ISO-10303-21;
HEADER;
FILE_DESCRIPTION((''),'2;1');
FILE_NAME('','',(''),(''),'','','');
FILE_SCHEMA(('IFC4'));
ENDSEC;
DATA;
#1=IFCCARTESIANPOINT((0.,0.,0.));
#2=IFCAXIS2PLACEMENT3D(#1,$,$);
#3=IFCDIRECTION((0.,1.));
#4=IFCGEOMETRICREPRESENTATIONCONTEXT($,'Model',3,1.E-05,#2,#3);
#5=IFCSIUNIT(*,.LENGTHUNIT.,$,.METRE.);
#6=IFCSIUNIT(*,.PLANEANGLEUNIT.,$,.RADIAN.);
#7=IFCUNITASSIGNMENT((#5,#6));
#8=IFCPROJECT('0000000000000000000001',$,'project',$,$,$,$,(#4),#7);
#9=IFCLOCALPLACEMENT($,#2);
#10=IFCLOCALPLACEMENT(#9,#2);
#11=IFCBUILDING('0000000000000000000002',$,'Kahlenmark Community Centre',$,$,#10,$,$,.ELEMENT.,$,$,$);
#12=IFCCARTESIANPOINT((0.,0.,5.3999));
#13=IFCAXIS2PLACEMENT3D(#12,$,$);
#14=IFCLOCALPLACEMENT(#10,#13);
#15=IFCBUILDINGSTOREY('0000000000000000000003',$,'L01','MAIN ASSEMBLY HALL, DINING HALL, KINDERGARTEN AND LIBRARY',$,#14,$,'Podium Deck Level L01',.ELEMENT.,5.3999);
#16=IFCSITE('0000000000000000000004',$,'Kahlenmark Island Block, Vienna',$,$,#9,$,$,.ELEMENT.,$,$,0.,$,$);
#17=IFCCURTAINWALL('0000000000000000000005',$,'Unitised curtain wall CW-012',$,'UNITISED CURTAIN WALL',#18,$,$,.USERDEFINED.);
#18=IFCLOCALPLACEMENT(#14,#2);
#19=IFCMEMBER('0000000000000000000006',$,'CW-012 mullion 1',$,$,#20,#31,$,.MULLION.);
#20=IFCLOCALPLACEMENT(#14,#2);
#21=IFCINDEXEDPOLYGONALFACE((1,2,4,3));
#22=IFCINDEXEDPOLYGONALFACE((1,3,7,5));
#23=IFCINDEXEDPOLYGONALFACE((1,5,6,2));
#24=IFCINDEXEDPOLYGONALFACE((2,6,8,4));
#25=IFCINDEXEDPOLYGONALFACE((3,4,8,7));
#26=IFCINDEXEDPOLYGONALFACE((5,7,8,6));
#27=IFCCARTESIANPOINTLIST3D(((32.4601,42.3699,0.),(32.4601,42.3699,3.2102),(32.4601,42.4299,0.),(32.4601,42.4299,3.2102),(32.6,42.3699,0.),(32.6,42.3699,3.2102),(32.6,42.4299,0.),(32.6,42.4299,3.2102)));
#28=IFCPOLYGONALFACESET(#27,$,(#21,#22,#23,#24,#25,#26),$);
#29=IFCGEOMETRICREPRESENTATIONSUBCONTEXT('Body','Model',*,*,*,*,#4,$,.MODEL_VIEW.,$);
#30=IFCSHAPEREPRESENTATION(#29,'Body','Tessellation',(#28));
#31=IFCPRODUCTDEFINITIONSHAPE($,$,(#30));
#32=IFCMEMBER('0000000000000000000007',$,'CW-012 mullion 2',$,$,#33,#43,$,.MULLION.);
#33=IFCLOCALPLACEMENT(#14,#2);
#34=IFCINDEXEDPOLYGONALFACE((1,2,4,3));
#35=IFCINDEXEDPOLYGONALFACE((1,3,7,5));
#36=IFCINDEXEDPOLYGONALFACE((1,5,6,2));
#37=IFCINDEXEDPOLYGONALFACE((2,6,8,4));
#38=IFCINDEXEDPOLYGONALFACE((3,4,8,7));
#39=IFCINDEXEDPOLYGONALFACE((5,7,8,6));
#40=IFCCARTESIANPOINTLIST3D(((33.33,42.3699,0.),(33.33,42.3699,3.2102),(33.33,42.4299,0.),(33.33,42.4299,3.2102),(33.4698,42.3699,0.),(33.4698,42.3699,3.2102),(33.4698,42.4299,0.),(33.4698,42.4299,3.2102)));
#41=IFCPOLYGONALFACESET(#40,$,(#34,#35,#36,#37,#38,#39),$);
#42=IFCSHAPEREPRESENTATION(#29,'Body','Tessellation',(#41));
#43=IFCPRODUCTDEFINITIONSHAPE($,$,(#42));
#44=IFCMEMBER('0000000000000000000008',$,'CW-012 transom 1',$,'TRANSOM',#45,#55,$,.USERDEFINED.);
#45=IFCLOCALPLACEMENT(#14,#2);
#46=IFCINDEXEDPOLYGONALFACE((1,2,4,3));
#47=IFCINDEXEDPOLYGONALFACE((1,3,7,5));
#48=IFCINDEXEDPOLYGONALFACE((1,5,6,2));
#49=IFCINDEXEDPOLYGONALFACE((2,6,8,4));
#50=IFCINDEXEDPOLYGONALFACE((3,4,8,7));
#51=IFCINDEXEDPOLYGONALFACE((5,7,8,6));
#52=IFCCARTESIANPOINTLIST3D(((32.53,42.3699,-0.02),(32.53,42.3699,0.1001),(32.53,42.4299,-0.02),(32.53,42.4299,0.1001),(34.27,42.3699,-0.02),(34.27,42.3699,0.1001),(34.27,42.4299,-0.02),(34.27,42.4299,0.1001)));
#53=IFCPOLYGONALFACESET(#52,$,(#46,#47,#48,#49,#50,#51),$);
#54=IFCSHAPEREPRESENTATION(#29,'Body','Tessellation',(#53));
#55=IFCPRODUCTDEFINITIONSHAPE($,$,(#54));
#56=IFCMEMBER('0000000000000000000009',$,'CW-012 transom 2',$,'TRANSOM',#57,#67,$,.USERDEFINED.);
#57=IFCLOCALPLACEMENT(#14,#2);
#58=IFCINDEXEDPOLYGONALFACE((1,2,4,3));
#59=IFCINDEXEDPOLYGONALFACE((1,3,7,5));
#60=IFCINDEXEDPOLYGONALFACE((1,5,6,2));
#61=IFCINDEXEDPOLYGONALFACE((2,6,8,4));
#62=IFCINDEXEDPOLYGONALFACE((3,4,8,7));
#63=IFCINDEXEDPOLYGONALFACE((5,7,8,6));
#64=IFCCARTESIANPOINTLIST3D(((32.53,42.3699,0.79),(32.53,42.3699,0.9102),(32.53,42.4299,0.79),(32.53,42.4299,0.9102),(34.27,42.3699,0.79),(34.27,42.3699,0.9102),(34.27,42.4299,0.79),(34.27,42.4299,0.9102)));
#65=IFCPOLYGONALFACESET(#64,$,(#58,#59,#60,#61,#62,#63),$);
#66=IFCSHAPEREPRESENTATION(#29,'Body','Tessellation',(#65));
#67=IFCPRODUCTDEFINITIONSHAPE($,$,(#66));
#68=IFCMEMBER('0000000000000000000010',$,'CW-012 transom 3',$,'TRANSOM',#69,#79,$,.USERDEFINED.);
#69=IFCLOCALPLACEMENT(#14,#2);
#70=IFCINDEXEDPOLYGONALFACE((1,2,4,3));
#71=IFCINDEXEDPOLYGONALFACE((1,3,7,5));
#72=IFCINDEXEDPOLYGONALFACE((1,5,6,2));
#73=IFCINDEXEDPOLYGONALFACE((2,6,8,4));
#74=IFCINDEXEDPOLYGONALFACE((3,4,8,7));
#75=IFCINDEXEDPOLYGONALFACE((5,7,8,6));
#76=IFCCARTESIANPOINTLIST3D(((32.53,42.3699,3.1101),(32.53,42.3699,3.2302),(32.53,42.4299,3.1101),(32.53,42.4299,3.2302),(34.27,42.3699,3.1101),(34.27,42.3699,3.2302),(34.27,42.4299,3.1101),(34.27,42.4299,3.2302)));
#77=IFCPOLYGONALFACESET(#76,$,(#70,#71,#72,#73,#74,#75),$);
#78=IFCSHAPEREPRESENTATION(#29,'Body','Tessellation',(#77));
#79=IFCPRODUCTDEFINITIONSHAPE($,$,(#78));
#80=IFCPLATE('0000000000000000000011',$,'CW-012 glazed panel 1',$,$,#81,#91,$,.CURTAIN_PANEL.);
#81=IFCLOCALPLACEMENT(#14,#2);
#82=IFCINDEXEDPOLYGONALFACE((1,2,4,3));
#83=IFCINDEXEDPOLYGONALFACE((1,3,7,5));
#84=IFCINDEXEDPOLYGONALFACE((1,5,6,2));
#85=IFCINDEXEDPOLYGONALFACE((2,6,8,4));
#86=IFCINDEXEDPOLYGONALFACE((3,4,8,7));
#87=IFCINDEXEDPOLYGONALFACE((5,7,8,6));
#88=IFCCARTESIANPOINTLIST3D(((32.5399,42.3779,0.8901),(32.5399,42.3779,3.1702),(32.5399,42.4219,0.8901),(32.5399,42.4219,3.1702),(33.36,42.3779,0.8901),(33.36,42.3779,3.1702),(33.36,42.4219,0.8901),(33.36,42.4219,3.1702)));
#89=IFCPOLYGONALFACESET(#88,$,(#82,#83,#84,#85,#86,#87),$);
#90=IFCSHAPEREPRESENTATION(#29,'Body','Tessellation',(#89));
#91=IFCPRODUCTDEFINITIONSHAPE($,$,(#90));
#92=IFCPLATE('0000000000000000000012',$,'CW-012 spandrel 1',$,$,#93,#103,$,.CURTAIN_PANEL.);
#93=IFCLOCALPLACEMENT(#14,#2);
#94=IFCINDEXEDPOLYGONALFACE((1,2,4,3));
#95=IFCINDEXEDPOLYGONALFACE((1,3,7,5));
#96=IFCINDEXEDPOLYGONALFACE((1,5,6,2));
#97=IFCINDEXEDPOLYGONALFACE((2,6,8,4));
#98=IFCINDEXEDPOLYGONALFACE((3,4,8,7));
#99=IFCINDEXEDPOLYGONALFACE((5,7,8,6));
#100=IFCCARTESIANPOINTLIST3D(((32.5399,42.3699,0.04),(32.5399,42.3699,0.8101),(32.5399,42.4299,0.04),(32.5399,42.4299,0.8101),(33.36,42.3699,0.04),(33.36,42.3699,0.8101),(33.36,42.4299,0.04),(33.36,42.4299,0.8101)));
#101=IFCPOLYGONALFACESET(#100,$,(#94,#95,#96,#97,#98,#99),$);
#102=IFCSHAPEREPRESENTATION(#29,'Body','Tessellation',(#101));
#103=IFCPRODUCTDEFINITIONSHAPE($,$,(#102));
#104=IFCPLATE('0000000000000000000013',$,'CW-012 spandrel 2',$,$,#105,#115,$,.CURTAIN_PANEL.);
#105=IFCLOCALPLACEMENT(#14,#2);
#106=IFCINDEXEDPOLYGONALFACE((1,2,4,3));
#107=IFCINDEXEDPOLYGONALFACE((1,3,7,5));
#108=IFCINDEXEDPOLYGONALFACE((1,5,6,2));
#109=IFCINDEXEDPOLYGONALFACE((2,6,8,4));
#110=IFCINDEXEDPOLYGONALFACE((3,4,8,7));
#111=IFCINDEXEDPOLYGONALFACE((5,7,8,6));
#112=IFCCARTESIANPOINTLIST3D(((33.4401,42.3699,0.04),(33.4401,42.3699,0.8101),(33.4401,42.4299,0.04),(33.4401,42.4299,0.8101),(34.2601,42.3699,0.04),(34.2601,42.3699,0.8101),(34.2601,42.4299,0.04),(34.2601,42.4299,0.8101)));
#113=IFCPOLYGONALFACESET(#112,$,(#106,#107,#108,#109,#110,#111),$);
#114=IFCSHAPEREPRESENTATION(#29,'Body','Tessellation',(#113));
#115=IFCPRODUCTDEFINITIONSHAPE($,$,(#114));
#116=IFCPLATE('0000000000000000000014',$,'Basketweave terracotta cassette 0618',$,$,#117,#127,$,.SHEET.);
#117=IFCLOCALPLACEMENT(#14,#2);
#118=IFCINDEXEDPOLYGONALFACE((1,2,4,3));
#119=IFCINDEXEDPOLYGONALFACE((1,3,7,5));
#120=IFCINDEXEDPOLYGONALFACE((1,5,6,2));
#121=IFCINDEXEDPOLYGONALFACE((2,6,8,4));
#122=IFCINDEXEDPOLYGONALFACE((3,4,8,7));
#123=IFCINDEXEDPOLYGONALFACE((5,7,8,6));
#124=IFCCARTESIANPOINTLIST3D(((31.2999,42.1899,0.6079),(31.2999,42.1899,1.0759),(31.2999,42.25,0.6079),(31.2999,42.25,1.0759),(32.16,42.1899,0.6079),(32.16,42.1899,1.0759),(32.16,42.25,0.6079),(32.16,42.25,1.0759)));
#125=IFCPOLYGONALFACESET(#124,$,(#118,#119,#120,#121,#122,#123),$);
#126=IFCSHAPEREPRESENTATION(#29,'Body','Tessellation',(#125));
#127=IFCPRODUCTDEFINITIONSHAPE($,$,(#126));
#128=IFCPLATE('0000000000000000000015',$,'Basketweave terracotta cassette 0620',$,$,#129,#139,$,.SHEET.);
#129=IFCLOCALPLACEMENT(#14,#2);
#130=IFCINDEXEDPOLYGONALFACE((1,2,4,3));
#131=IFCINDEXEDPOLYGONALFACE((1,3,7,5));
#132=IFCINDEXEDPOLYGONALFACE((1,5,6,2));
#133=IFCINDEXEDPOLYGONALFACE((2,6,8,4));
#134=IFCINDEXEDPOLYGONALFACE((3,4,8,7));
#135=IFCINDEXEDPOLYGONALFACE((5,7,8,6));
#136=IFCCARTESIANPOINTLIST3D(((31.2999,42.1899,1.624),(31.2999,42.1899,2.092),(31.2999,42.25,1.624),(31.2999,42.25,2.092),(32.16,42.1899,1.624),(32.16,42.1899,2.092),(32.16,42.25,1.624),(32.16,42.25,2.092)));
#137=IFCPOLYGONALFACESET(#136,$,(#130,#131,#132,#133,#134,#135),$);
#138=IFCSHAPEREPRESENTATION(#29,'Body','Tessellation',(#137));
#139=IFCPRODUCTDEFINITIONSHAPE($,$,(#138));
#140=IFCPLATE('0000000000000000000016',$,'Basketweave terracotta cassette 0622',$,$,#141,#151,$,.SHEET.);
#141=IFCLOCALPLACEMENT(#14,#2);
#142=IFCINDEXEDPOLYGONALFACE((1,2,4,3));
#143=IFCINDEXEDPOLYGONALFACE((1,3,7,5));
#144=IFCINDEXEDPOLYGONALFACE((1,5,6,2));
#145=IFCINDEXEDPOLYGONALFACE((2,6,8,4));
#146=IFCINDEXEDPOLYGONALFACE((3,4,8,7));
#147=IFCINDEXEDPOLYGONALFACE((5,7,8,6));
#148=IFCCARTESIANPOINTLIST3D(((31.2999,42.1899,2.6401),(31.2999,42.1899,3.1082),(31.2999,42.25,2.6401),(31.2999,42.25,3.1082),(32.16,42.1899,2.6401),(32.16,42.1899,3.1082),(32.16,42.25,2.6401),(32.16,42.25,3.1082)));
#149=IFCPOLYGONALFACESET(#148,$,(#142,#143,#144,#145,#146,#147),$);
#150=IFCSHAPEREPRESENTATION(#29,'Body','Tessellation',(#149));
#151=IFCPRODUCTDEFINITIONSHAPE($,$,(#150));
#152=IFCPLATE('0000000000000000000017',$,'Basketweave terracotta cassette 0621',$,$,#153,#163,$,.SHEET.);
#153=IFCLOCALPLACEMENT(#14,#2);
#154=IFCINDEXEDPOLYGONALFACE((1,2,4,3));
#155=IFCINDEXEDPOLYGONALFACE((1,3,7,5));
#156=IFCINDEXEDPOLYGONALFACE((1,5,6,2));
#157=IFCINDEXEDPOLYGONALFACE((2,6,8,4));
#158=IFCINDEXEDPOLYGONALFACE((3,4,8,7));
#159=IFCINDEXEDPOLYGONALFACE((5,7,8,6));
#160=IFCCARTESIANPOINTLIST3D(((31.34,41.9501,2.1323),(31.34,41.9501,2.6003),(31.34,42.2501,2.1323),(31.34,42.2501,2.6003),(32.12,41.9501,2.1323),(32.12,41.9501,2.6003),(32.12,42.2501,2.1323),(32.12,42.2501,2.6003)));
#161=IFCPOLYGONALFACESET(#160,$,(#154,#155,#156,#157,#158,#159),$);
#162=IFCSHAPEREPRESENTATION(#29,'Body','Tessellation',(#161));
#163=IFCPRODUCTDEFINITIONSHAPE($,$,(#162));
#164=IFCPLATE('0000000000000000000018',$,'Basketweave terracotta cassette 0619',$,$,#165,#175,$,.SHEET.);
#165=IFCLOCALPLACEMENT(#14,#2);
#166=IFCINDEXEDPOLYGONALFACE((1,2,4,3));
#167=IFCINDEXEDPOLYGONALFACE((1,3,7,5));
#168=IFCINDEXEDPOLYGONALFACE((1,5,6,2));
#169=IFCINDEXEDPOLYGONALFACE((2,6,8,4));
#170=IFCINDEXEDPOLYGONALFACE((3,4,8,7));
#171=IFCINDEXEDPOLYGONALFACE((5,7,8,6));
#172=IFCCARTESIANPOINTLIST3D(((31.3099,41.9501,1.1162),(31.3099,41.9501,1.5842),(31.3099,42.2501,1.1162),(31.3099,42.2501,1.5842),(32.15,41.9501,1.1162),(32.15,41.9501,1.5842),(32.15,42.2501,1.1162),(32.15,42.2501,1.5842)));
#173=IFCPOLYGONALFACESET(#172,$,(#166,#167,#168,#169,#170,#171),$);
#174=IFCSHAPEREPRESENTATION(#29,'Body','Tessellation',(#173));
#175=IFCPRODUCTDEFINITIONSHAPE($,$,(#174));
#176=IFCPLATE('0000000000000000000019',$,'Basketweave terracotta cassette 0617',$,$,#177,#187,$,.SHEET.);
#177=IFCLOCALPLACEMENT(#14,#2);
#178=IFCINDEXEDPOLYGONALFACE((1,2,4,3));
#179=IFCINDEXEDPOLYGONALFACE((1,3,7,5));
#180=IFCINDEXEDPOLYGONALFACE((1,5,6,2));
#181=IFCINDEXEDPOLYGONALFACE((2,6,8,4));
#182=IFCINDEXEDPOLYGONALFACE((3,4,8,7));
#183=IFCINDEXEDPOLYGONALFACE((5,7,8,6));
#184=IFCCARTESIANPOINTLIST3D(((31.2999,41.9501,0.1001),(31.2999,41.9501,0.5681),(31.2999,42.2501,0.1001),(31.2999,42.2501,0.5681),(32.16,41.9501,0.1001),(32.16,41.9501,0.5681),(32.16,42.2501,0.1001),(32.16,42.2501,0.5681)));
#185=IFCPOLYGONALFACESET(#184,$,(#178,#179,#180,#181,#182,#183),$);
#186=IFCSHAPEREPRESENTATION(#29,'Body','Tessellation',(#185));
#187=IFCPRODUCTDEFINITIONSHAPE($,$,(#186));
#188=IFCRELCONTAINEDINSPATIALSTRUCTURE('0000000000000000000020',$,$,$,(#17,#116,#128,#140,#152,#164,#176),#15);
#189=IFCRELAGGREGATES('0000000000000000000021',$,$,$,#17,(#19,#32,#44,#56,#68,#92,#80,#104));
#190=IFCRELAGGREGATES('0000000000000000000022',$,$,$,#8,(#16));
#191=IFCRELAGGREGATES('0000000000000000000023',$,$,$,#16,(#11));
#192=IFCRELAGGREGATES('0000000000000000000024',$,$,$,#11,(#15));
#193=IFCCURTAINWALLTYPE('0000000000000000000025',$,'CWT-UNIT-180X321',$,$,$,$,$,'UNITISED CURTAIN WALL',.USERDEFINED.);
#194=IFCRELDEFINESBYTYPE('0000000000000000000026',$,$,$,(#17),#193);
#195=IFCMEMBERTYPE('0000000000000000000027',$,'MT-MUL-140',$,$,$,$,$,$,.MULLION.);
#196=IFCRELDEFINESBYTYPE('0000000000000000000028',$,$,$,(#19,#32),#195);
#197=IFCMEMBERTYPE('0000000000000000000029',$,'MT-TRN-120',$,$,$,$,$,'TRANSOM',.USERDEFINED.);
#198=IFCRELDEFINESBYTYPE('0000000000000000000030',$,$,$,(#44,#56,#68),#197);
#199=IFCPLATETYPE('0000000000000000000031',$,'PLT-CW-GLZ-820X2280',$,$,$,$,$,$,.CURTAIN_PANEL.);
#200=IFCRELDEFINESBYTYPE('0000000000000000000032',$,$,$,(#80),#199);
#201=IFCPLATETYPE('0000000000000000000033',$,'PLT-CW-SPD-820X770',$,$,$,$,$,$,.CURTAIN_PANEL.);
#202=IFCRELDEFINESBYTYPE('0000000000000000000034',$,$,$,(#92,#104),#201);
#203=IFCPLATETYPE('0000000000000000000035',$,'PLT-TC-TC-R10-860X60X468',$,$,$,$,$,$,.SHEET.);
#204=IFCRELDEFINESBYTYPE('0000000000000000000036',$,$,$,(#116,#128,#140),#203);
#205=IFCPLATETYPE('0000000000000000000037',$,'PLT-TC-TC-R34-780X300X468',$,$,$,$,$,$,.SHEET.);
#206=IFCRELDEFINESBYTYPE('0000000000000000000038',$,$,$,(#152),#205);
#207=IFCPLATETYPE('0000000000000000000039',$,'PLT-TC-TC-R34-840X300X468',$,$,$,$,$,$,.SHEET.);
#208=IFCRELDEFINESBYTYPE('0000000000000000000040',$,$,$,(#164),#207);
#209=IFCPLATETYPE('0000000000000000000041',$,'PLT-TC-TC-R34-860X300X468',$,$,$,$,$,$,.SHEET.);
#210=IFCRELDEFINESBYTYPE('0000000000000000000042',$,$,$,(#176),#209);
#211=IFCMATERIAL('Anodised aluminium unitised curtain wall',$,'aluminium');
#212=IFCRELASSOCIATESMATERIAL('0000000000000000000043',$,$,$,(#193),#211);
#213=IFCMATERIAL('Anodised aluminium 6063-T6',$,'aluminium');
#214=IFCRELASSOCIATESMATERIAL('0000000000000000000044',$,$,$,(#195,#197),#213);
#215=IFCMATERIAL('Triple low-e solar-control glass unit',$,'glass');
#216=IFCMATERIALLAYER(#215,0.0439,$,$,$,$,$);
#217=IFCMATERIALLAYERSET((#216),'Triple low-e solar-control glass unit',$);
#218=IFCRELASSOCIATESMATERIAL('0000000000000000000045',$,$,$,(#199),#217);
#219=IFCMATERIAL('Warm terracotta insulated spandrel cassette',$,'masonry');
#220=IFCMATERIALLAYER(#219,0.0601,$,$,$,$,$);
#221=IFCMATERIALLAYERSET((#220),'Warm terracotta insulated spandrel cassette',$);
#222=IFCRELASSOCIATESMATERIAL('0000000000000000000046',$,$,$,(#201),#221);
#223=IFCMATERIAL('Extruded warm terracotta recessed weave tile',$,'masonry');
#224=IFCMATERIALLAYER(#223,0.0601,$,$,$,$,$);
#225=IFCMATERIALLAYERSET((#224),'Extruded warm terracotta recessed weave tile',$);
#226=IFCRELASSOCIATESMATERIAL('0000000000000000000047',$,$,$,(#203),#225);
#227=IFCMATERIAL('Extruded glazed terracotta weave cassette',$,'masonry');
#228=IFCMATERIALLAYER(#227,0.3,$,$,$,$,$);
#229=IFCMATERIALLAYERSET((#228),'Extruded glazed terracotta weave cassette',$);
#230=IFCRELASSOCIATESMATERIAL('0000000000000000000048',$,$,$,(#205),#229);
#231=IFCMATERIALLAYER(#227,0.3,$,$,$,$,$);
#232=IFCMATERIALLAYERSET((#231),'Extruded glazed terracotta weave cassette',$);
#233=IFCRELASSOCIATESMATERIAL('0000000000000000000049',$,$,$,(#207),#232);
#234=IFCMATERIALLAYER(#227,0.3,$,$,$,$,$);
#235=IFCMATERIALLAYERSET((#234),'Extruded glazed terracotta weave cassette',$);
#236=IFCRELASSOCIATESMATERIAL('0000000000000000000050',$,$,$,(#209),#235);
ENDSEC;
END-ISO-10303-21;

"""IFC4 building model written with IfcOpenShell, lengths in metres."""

from ifc_helpers import new_model, si_unit, direction, frame, origin, origin_2d, place, context, subcontext, project, spatial, rectangle, extrude, material, layer, layer_set, material_profile, profile_set, type_object, element, aggregate, save


model = new_model("IFC4")

# Units and contexts
model_context = context("Model", 3, precision=1e-05, world=origin(), true_north=direction((0.0, 1.0)))
body_context = subcontext(model_context, "Body", "Model", "MODEL_VIEW")
ifc_project = project(units=[si_unit("LENGTHUNIT", "METRE"), si_unit("PLANEANGLEUNIT", "RADIAN")], contexts=[model_context])

# Site, building, storey
site_placement = place(None, origin())
site = spatial("IfcSite", under=ifc_project, at=site_placement, Name="Kahlenmark Island Block, Vienna", CompositionType="ELEMENT", RefElevation=0.0)
building_placement = place(site_placement, origin())
building = spatial("IfcBuilding", under=site, at=building_placement, Name="Kahlenmark Community Centre", CompositionType="ELEMENT")
storey_placement = place(building_placement, frame((0.0, 0.0, 5.3999)))
storey = spatial("IfcBuildingStorey", under=building, at=storey_placement, Name="L01", Description="MAIN ASSEMBLY HALL, DINING HALL, KINDERGARTEN AND LIBRARY", LongName="Podium Deck Level L01", CompositionType="ELEMENT", Elevation=5.3999)

# Curtain wall, members, plates
ifc_material_1 = material(Name="Anodised aluminium unitised curtain wall", Category="aluminium")
curtain_wall_type = type_object("IfcCurtainWallType", Name="CWT-UNIT-180X321", ElementType="UNITISED CURTAIN WALL", PredefinedType="USERDEFINED", material=ifc_material_1)
curtain_wall_placement = place(storey_placement, origin())
curtain_wall = element("IfcCurtainWall", 1, at=curtain_wall_placement, inside=storey, type_object=curtain_wall_type, Name="Unitised curtain wall CW-012", ObjectType="UNITISED CURTAIN WALL", PredefinedType="USERDEFINED")
ifc_material_2 = material(Name="Anodised aluminium 6063-T6", Category="aluminium")
ifc_material_profile_1 = material_profile(ifc_material_2, rectangle(XDim=0.0601, YDim=0.1399, at=origin_2d()), Name="ALU MULLION 60x140")
ifc_profile_set_1 = profile_set([ifc_material_profile_1], Name="Anodised aluminium 6063-T6")
member_type_1 = type_object("IfcMemberType", Name="MT-MUL-140", PredefinedType="MULLION", material=ifc_profile_set_1)
member_1_placement = place(storey_placement, frame((32.53, 42.3999, 0.0), z_axis=(0.0, 0.0, 1.0), x_axis=(0.0, 1.0, 0.0)))
member_1 = element("IfcMember", 2, at=member_1_placement, type_object=member_type_1, Name="CW-012 mullion 1", PredefinedType="MULLION", context=body_context, shape_type="SweptSolid", body=[
    extrude(rectangle(XDim=0.0601, YDim=0.1399, at=origin_2d()), origin(), (0.0, 0.0, 1.0), 3.2102),
])
member_2_placement = place(storey_placement, frame((33.3999, 42.3999, 0.0), z_axis=(0.0, 0.0, 1.0), x_axis=(0.0, 1.0, 0.0)))
member_2 = element("IfcMember", 3, at=member_2_placement, type_object=member_type_1, Name="CW-012 mullion 2", PredefinedType="MULLION", context=body_context, shape_type="SweptSolid", body=[
    extrude(rectangle(XDim=0.0601, YDim=0.1399, at=origin_2d()), origin(), (0.0, 0.0, 1.0), 3.2102),
])
ifc_material_profile_2 = material_profile(ifc_material_2, rectangle(XDim=0.0601, YDim=0.1201, at=origin_2d()), Name="ALU TRANSOM 60x120")
ifc_profile_set_2 = profile_set([ifc_material_profile_2], Name="Anodised aluminium 6063-T6")
member_type_2 = type_object("IfcMemberType", Name="MT-TRN-120", ElementType="TRANSOM", PredefinedType="USERDEFINED", material=ifc_profile_set_2)
member_3_placement = place(storey_placement, frame((32.53, 42.3999, 0.04), z_axis=(1.0, 0.0, 0.0), x_axis=(0.0, 1.0, 0.0)))
member_3 = element("IfcMember", 4, at=member_3_placement, type_object=member_type_2, Name="CW-012 transom 1", ObjectType="TRANSOM", PredefinedType="USERDEFINED", context=body_context, shape_type="SweptSolid", body=[
    extrude(rectangle(XDim=0.0601, YDim=0.1201, at=origin_2d()), origin(), (0.0, 0.0, 1.0), 1.74),
])
member_4_placement = place(storey_placement, frame((32.53, 42.3999, 0.8501), z_axis=(1.0, 0.0, 0.0), x_axis=(0.0, 1.0, 0.0)))
member_4 = element("IfcMember", 5, at=member_4_placement, type_object=member_type_2, Name="CW-012 transom 2", ObjectType="TRANSOM", PredefinedType="USERDEFINED", context=body_context, shape_type="SweptSolid", body=[
    extrude(rectangle(XDim=0.0601, YDim=0.1201, at=origin_2d()), origin(), (0.0, 0.0, 1.0), 1.74),
])
member_5_placement = place(storey_placement, frame((32.53, 42.3999, 3.1702), z_axis=(1.0, 0.0, 0.0), x_axis=(0.0, 1.0, 0.0)))
member_5 = element("IfcMember", 6, at=member_5_placement, type_object=member_type_2, Name="CW-012 transom 3", ObjectType="TRANSOM", PredefinedType="USERDEFINED", context=body_context, shape_type="SweptSolid", body=[
    extrude(rectangle(XDim=0.0601, YDim=0.1201, at=origin_2d()), origin(), (0.0, 0.0, 1.0), 1.74),
])
ifc_material_3 = material(Name="Triple low-e solar-control glass unit", Category="glass")
ifc_layer_1 = layer(ifc_material_3, 0.0439)
ifc_layer_set_1 = layer_set([ifc_layer_1], Name="Triple low-e solar-control glass unit")
plate_type_1 = type_object("IfcPlateType", Name="PLT-CW-GLZ-820X2280", PredefinedType="CURTAIN_PANEL", material=ifc_layer_set_1)
plate_1_placement = place(storey_placement, frame((32.95, 42.3999, 0.8901), z_axis=(0.0, 0.0, 1.0), x_axis=(1.0, 0.0, 0.0)))
plate_1 = element("IfcPlate", 7, at=plate_1_placement, type_object=plate_type_1, Name="CW-012 glazed panel 1", PredefinedType="CURTAIN_PANEL", context=body_context, shape_type="SweptSolid", body=[
    extrude(rectangle(XDim=0.8201, YDim=0.0439, at=origin_2d()), origin(), (0.0, 0.0, 1.0), 2.28),
])
ifc_material_4 = material(Name="Warm terracotta insulated spandrel cassette", Category="masonry")
ifc_layer_2 = layer(ifc_material_4, 0.0601)
ifc_layer_set_2 = layer_set([ifc_layer_2], Name="Warm terracotta insulated spandrel cassette")
plate_type_2 = type_object("IfcPlateType", Name="PLT-CW-SPD-820X770", PredefinedType="CURTAIN_PANEL", material=ifc_layer_set_2)
plate_2_placement = place(storey_placement, frame((32.95, 42.3999, 0.04), z_axis=(0.0, 0.0, 1.0), x_axis=(1.0, 0.0, 0.0)))
plate_2 = element("IfcPlate", 8, at=plate_2_placement, type_object=plate_type_2, Name="CW-012 spandrel 1", PredefinedType="CURTAIN_PANEL", context=body_context, shape_type="SweptSolid", body=[
    extrude(rectangle(XDim=0.8201, YDim=0.0601, at=origin_2d()), origin(), (0.0, 0.0, 1.0), 0.77),
])
plate_3_placement = place(storey_placement, frame((33.8501, 42.3999, 0.04), z_axis=(0.0, 0.0, 1.0), x_axis=(1.0, 0.0, 0.0)))
plate_3 = element("IfcPlate", 9, at=plate_3_placement, type_object=plate_type_2, Name="CW-012 spandrel 2", PredefinedType="CURTAIN_PANEL", context=body_context, shape_type="SweptSolid", body=[
    extrude(rectangle(XDim=0.8201, YDim=0.0601, at=origin_2d()), origin(), (0.0, 0.0, 1.0), 0.77),
])
aggregate(curtain_wall, [member_1, member_2, member_3, member_4, member_5, plate_2, plate_1, plate_3])

# Plates
ifc_material_5 = material(Name="Extruded warm terracotta recessed weave tile", Category="masonry")
ifc_layer_3 = layer(ifc_material_5, 0.0601)
ifc_layer_set_3 = layer_set([ifc_layer_3], Name="Extruded warm terracotta recessed weave tile")
plate_type_3 = type_object("IfcPlateType", Name="PLT-TC-TC-R10-860X60X468", PredefinedType="SHEET", material=ifc_layer_set_3)
for number, where, z_axis, x_axis, name in (
    (10, (31.73, 42.22, 0.6079), (0.0, 0.0, 1.0), (1.0, 0.0, 0.0), "Basketweave terracotta cassette 0618"),
    (11, (31.73, 42.22, 1.624), (0.0, 0.0, 1.0), (1.0, 0.0, 0.0), "Basketweave terracotta cassette 0620"),
    (12, (31.73, 42.22, 2.6401), (0.0, 0.0, 1.0), (1.0, 0.0, 0.0), "Basketweave terracotta cassette 0622"),
):
    element("IfcPlate", number, at=place(storey_placement, frame(where, z_axis=z_axis, x_axis=x_axis)), inside=storey, type_object=plate_type_3, Name=name, PredefinedType="SHEET", context=body_context, shape_type="SweptSolid", body=[
        extrude(rectangle(XDim=0.8601, YDim=0.0601, at=origin_2d()), origin(), (0.0, 0.0, 1.0), 0.468),
    ])
ifc_material_6 = material(Name="Extruded glazed terracotta weave cassette", Category="masonry")
ifc_layer_4 = layer(ifc_material_6, 0.3)
ifc_layer_set_4 = layer_set([ifc_layer_4], Name="Extruded glazed terracotta weave cassette")
plate_type_4 = type_object("IfcPlateType", Name="PLT-TC-TC-R34-780X300X468", PredefinedType="SHEET", material=ifc_layer_set_4)
plate_4_placement = place(storey_placement, frame((31.73, 42.1001, 2.1323), z_axis=(0.0, 0.0, 1.0), x_axis=(1.0, 0.0, 0.0)))
element("IfcPlate", 13, at=plate_4_placement, inside=storey, type_object=plate_type_4, Name="Basketweave terracotta cassette 0621", PredefinedType="SHEET", context=body_context, shape_type="SweptSolid", body=[
    extrude(rectangle(XDim=0.78, YDim=0.3, at=origin_2d()), origin(), (0.0, 0.0, 1.0), 0.468),
])
ifc_layer_5 = layer(ifc_material_6, 0.3)
ifc_layer_set_5 = layer_set([ifc_layer_5], Name="Extruded glazed terracotta weave cassette")
plate_type_5 = type_object("IfcPlateType", Name="PLT-TC-TC-R34-840X300X468", PredefinedType="SHEET", material=ifc_layer_set_5)
plate_5_placement = place(storey_placement, frame((31.73, 42.1001, 1.1162), z_axis=(0.0, 0.0, 1.0), x_axis=(1.0, 0.0, 0.0)))
element("IfcPlate", 14, at=plate_5_placement, inside=storey, type_object=plate_type_5, Name="Basketweave terracotta cassette 0619", PredefinedType="SHEET", context=body_context, shape_type="SweptSolid", body=[
    extrude(rectangle(XDim=0.8401, YDim=0.3, at=origin_2d()), origin(), (0.0, 0.0, 1.0), 0.468),
])
ifc_layer_6 = layer(ifc_material_6, 0.3)
ifc_layer_set_6 = layer_set([ifc_layer_6], Name="Extruded glazed terracotta weave cassette")
plate_type_6 = type_object("IfcPlateType", Name="PLT-TC-TC-R34-860X300X468", PredefinedType="SHEET", material=ifc_layer_set_6)
plate_6_placement = place(storey_placement, frame((31.73, 42.1001, 0.1001), z_axis=(0.0, 0.0, 1.0), x_axis=(1.0, 0.0, 0.0)))
element("IfcPlate", 15, at=plate_6_placement, inside=storey, type_object=plate_type_6, Name="Basketweave terracotta cassette 0617", PredefinedType="SHEET", context=body_context, shape_type="SweptSolid", body=[
    extrude(rectangle(XDim=0.8601, YDim=0.3, at=origin_2d()), origin(), (0.0, 0.0, 1.0), 0.468),
])

save(model, "model.ifc")
